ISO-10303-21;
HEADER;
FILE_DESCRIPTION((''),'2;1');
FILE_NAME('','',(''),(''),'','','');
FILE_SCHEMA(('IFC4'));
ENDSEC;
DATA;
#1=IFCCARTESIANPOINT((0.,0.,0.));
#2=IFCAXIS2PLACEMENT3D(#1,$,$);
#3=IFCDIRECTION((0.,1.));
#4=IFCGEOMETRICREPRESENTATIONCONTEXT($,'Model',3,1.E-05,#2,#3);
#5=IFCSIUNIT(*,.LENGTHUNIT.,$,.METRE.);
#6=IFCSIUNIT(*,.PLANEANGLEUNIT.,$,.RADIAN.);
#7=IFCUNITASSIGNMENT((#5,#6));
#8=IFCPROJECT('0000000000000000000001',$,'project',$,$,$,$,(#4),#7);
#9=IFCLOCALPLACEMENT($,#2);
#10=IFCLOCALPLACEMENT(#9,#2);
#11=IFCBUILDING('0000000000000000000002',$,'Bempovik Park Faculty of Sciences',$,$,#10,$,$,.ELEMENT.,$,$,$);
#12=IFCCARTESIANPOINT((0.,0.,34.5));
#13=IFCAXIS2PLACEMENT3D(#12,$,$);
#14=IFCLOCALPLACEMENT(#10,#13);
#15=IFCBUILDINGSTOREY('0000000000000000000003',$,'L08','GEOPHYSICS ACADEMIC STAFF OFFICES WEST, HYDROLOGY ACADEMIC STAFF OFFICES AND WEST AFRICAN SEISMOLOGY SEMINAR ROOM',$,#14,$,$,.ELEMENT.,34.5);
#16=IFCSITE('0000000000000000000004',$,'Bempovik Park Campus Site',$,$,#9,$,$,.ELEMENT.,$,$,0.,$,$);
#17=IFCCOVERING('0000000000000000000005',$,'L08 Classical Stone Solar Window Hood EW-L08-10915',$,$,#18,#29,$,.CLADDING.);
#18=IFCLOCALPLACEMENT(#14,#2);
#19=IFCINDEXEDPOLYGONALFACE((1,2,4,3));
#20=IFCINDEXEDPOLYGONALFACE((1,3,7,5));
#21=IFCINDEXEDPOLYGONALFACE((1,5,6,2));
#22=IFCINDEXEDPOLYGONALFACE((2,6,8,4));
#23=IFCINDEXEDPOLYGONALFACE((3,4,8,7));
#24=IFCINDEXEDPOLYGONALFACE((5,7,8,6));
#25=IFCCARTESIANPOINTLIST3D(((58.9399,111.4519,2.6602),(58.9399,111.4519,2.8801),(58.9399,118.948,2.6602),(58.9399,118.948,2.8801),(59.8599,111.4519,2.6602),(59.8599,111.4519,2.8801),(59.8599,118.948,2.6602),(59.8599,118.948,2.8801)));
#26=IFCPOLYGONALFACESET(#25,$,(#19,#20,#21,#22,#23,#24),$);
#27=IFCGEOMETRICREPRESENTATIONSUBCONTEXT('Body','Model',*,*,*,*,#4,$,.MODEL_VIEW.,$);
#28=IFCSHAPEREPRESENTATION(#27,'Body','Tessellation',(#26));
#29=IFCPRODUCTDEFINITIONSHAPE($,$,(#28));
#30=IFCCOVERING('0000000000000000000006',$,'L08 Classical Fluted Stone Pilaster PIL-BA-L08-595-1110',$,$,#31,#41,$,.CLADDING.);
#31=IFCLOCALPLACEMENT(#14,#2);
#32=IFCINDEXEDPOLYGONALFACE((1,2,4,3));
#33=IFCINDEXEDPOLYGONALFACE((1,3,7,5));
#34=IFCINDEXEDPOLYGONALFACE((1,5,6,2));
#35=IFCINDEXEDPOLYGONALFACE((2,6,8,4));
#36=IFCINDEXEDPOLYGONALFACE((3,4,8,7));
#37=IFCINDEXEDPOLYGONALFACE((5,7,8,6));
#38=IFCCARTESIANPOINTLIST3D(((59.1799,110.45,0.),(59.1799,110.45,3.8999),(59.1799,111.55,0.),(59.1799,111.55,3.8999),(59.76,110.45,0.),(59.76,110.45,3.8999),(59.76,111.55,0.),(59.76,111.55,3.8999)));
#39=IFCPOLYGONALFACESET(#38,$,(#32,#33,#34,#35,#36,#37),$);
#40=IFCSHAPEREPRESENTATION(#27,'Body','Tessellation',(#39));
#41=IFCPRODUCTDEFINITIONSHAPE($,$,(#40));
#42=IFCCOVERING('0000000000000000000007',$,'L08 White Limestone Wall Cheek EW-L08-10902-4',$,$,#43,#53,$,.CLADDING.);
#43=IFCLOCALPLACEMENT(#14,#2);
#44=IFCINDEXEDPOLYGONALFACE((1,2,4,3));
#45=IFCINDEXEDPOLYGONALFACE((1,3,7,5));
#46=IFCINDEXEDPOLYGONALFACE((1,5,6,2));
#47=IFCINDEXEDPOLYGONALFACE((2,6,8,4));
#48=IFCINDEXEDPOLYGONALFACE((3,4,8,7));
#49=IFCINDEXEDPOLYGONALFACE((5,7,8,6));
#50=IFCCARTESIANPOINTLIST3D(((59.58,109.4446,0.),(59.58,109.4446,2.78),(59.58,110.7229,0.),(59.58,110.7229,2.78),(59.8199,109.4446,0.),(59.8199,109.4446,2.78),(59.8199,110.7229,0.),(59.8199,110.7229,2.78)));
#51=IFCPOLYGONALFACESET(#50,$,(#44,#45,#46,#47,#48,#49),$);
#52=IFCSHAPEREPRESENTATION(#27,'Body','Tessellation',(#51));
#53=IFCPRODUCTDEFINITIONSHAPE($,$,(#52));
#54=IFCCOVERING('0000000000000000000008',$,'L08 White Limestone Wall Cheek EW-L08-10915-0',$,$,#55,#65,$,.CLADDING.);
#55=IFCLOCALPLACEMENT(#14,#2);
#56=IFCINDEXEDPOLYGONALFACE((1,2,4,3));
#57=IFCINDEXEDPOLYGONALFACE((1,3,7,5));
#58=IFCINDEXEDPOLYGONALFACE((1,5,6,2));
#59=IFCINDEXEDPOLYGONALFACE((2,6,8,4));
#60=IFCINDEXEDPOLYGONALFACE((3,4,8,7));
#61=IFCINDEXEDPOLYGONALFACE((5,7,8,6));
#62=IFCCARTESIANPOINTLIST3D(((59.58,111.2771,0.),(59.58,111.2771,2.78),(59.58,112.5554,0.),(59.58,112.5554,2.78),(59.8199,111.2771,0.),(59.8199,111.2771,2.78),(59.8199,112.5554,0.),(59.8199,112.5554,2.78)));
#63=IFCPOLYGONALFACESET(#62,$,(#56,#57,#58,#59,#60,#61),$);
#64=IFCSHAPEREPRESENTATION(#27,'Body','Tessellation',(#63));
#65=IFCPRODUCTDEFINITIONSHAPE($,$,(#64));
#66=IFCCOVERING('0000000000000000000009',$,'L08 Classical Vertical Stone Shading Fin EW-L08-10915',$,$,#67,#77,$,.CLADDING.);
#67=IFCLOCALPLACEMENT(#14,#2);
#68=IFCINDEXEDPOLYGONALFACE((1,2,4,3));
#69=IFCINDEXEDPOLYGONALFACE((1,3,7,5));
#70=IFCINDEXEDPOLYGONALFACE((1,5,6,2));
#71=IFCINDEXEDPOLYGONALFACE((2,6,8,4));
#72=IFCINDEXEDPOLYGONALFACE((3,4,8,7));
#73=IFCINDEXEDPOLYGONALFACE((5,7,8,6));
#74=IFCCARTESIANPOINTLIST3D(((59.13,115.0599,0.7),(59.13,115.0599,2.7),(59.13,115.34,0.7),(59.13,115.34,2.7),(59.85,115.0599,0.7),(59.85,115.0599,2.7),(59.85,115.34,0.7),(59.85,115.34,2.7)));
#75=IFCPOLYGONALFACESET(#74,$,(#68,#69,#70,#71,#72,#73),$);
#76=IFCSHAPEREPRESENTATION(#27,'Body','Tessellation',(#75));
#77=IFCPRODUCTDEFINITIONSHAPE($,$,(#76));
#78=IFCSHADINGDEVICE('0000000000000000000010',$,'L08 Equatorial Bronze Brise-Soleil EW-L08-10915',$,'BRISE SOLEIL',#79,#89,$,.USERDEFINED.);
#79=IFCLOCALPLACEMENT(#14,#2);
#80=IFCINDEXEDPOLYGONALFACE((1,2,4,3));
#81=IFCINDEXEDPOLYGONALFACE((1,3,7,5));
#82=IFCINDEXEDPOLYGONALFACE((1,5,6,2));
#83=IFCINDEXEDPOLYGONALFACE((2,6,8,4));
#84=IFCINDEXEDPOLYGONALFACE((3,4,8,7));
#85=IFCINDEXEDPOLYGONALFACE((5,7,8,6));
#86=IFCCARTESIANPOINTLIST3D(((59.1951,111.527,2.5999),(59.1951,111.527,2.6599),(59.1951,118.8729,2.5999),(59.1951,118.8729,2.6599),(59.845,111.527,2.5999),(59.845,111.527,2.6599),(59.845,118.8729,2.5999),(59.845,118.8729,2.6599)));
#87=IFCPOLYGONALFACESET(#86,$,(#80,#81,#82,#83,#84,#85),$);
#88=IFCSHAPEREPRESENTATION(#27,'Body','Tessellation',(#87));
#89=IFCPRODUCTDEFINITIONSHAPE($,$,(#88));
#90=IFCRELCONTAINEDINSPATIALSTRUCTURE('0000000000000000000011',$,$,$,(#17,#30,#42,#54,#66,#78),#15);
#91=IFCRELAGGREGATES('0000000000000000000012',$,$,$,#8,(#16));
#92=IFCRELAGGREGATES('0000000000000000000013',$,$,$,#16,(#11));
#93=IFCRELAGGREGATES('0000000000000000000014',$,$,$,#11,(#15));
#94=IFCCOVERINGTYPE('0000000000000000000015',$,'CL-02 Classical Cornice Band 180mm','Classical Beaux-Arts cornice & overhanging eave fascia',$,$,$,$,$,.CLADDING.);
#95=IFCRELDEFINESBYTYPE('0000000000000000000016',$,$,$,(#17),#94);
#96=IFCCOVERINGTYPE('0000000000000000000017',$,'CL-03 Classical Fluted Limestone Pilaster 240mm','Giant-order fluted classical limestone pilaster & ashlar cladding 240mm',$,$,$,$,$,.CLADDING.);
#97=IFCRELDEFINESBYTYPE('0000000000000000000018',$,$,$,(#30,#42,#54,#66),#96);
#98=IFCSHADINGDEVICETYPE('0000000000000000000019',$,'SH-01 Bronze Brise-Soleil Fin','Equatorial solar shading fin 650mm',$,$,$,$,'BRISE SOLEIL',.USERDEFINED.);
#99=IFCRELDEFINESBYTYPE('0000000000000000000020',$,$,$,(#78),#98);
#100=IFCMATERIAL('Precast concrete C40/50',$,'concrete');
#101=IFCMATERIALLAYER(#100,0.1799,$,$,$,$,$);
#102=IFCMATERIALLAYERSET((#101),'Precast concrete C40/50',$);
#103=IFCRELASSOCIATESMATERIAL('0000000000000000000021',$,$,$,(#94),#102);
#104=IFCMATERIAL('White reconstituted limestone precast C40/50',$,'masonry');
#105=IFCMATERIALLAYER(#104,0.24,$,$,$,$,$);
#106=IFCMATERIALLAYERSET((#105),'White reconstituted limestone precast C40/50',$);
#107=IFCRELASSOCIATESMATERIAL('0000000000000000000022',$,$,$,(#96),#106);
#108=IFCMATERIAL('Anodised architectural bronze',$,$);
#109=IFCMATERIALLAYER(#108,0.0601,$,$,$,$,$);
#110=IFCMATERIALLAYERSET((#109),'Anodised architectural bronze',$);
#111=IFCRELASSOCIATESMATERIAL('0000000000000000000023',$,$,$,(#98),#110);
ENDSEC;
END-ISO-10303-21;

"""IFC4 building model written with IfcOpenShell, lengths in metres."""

from ifc_helpers import new_model, si_unit, direction, frame, origin, origin_2d, place, context, subcontext, project, spatial, rectangle, extrude, material, layer, layer_set, type_object, element, save


model = new_model("IFC4")

# Units and contexts
model_context = context("Model", 3, precision=1e-05, world=origin(), true_north=direction((0.0, 1.0)))
body_context = subcontext(model_context, "Body", "Model", "MODEL_VIEW")
ifc_project = project(units=[si_unit("LENGTHUNIT", "METRE"), si_unit("PLANEANGLEUNIT", "RADIAN")], contexts=[model_context])

# Site, building, storey
site_placement = place(None, origin())
site = spatial("IfcSite", under=ifc_project, at=site_placement, Name="Bempovik Park Campus Site", CompositionType="ELEMENT", RefElevation=0.0)
building_placement = place(site_placement, origin())
building = spatial("IfcBuilding", under=site, at=building_placement, Name="Bempovik Park Faculty of Sciences", CompositionType="ELEMENT")
storey_placement = place(building_placement, frame((0.0, 0.0, 34.5)))
storey = spatial("IfcBuildingStorey", under=building, at=storey_placement, Name="L08", Description="GEOPHYSICS ACADEMIC STAFF OFFICES WEST, HYDROLOGY ACADEMIC STAFF OFFICES AND WEST AFRICAN SEISMOLOGY SEMINAR ROOM", CompositionType="ELEMENT", Elevation=34.5)

# Shared definitions
ifc_material_1 = material(Name="Precast concrete C40/50", Category="concrete")

# Coverings
ifc_layer_1 = layer(ifc_material_1, 0.1799)
ifc_layer_set_1 = layer_set([ifc_layer_1], Name="Precast concrete C40/50")
covering_type_1 = type_object("IfcCoveringType", Name="CL-02 Classical Cornice Band 180mm", Description="Classical Beaux-Arts cornice & overhanging eave fascia", PredefinedType="CLADDING", material=ifc_layer_set_1)
covering_1_placement = place(storey_placement, frame((59.3999, 115.2, 2.6602), z_axis=(0.0, 0.0, 1.0), x_axis=(1.0, 0.0, 0.0)))
element("IfcCovering", 1, at=covering_1_placement, inside=storey, type_object=covering_type_1, Name="L08 Classical Stone Solar Window Hood EW-L08-10915", PredefinedType="CLADDING", context=body_context, shape_type="SweptSolid", body=[
    extrude(rectangle(XDim=0.9199, YDim=7.4961, at=origin_2d()), origin(), (0.0, 0.0, 1.0), 0.22),
])
ifc_material_2 = material(Name="White reconstituted limestone precast C40/50", Category="masonry")
ifc_layer_2 = layer(ifc_material_2, 0.24)
ifc_layer_set_2 = layer_set([ifc_layer_2], Name="White reconstituted limestone precast C40/50")
covering_type_2 = type_object("IfcCoveringType", Name="CL-03 Classical Fluted Limestone Pilaster 240mm", Description="Giant-order fluted classical limestone pilaster & ashlar cladding 240mm", PredefinedType="CLADDING", material=ifc_layer_set_2)
covering_2_placement = place(storey_placement, frame((59.47, 111.0, 0.0), z_axis=(0.0, 0.0, 1.0), x_axis=(1.0, 0.0, 0.0)))
element("IfcCovering", 2, at=covering_2_placement, inside=storey, type_object=covering_type_2, Name="L08 Classical Fluted Stone Pilaster PIL-BA-L08-595-1110", PredefinedType="CLADDING", context=body_context, shape_type="SweptSolid", body=[
    extrude(rectangle(XDim=0.5801, YDim=1.1001, at=origin_2d()), origin(), (0.0, 0.0, 1.0), 3.8999),
])
for number, where, z_axis, x_axis, name in (
    (3, (59.7, 110.0837, 0.0), (0.0, 0.0, 1.0), (1.0, 0.0, 0.0), "L08 White Limestone Wall Cheek EW-L08-10902-4"),
    (4, (59.7, 111.9163, 0.0), (0.0, 0.0, 1.0), (1.0, 0.0, 0.0), "L08 White Limestone Wall Cheek EW-L08-10915-0"),
):
    element("IfcCovering", number, at=place(storey_placement, frame(where, z_axis=z_axis, x_axis=x_axis)), inside=storey, type_object=covering_type_2, Name=name, PredefinedType="CLADDING", context=body_context, shape_type="SweptSolid", body=[
        extrude(rectangle(XDim=0.24, YDim=1.2783, at=origin_2d()), origin(), (0.0, 0.0, 1.0), 2.78),
    ])
covering_3_placement = place(storey_placement, frame((59.49, 115.2, 0.7), z_axis=(0.0, 0.0, 1.0), x_axis=(1.0, 0.0, 0.0)))
element("IfcCovering", 5, at=covering_3_placement, inside=storey, type_object=covering_type_2, Name="L08 Classical Vertical Stone Shading Fin EW-L08-10915", PredefinedType="CLADDING", context=body_context, shape_type="SweptSolid", body=[
    extrude(rectangle(XDim=0.72, YDim=0.28, at=origin_2d()), origin(), (0.0, 0.0, 1.0), 2.0),
])

# Shading device
ifc_material_3 = material(Name="Anodised architectural bronze")
ifc_layer_3 = layer(ifc_material_3, 0.0601)
ifc_layer_set_3 = layer_set([ifc_layer_3], Name="Anodised architectural bronze")
shading_device_type = type_object("IfcShadingDeviceType", Name="SH-01 Bronze Brise-Soleil Fin", Description="Equatorial solar shading fin 650mm", ElementType="BRISE SOLEIL", PredefinedType="USERDEFINED", material=ifc_layer_set_3)
shading_device_placement = place(storey_placement, frame((59.52, 115.2, 2.5999), z_axis=(0.0, 0.0, 1.0), x_axis=(1.0, 0.0, 0.0)))
element("IfcShadingDevice", 6, at=shading_device_placement, inside=storey, type_object=shading_device_type, Name="L08 Equatorial Bronze Brise-Soleil EW-L08-10915", ObjectType="BRISE SOLEIL", PredefinedType="USERDEFINED", context=body_context, shape_type="SweptSolid", body=[
    extrude(rectangle(XDim=0.6499, YDim=7.3459, at=origin_2d()), origin(), (0.0, 0.0, 1.0), 0.0601),
])

save(model, "model.ifc")
